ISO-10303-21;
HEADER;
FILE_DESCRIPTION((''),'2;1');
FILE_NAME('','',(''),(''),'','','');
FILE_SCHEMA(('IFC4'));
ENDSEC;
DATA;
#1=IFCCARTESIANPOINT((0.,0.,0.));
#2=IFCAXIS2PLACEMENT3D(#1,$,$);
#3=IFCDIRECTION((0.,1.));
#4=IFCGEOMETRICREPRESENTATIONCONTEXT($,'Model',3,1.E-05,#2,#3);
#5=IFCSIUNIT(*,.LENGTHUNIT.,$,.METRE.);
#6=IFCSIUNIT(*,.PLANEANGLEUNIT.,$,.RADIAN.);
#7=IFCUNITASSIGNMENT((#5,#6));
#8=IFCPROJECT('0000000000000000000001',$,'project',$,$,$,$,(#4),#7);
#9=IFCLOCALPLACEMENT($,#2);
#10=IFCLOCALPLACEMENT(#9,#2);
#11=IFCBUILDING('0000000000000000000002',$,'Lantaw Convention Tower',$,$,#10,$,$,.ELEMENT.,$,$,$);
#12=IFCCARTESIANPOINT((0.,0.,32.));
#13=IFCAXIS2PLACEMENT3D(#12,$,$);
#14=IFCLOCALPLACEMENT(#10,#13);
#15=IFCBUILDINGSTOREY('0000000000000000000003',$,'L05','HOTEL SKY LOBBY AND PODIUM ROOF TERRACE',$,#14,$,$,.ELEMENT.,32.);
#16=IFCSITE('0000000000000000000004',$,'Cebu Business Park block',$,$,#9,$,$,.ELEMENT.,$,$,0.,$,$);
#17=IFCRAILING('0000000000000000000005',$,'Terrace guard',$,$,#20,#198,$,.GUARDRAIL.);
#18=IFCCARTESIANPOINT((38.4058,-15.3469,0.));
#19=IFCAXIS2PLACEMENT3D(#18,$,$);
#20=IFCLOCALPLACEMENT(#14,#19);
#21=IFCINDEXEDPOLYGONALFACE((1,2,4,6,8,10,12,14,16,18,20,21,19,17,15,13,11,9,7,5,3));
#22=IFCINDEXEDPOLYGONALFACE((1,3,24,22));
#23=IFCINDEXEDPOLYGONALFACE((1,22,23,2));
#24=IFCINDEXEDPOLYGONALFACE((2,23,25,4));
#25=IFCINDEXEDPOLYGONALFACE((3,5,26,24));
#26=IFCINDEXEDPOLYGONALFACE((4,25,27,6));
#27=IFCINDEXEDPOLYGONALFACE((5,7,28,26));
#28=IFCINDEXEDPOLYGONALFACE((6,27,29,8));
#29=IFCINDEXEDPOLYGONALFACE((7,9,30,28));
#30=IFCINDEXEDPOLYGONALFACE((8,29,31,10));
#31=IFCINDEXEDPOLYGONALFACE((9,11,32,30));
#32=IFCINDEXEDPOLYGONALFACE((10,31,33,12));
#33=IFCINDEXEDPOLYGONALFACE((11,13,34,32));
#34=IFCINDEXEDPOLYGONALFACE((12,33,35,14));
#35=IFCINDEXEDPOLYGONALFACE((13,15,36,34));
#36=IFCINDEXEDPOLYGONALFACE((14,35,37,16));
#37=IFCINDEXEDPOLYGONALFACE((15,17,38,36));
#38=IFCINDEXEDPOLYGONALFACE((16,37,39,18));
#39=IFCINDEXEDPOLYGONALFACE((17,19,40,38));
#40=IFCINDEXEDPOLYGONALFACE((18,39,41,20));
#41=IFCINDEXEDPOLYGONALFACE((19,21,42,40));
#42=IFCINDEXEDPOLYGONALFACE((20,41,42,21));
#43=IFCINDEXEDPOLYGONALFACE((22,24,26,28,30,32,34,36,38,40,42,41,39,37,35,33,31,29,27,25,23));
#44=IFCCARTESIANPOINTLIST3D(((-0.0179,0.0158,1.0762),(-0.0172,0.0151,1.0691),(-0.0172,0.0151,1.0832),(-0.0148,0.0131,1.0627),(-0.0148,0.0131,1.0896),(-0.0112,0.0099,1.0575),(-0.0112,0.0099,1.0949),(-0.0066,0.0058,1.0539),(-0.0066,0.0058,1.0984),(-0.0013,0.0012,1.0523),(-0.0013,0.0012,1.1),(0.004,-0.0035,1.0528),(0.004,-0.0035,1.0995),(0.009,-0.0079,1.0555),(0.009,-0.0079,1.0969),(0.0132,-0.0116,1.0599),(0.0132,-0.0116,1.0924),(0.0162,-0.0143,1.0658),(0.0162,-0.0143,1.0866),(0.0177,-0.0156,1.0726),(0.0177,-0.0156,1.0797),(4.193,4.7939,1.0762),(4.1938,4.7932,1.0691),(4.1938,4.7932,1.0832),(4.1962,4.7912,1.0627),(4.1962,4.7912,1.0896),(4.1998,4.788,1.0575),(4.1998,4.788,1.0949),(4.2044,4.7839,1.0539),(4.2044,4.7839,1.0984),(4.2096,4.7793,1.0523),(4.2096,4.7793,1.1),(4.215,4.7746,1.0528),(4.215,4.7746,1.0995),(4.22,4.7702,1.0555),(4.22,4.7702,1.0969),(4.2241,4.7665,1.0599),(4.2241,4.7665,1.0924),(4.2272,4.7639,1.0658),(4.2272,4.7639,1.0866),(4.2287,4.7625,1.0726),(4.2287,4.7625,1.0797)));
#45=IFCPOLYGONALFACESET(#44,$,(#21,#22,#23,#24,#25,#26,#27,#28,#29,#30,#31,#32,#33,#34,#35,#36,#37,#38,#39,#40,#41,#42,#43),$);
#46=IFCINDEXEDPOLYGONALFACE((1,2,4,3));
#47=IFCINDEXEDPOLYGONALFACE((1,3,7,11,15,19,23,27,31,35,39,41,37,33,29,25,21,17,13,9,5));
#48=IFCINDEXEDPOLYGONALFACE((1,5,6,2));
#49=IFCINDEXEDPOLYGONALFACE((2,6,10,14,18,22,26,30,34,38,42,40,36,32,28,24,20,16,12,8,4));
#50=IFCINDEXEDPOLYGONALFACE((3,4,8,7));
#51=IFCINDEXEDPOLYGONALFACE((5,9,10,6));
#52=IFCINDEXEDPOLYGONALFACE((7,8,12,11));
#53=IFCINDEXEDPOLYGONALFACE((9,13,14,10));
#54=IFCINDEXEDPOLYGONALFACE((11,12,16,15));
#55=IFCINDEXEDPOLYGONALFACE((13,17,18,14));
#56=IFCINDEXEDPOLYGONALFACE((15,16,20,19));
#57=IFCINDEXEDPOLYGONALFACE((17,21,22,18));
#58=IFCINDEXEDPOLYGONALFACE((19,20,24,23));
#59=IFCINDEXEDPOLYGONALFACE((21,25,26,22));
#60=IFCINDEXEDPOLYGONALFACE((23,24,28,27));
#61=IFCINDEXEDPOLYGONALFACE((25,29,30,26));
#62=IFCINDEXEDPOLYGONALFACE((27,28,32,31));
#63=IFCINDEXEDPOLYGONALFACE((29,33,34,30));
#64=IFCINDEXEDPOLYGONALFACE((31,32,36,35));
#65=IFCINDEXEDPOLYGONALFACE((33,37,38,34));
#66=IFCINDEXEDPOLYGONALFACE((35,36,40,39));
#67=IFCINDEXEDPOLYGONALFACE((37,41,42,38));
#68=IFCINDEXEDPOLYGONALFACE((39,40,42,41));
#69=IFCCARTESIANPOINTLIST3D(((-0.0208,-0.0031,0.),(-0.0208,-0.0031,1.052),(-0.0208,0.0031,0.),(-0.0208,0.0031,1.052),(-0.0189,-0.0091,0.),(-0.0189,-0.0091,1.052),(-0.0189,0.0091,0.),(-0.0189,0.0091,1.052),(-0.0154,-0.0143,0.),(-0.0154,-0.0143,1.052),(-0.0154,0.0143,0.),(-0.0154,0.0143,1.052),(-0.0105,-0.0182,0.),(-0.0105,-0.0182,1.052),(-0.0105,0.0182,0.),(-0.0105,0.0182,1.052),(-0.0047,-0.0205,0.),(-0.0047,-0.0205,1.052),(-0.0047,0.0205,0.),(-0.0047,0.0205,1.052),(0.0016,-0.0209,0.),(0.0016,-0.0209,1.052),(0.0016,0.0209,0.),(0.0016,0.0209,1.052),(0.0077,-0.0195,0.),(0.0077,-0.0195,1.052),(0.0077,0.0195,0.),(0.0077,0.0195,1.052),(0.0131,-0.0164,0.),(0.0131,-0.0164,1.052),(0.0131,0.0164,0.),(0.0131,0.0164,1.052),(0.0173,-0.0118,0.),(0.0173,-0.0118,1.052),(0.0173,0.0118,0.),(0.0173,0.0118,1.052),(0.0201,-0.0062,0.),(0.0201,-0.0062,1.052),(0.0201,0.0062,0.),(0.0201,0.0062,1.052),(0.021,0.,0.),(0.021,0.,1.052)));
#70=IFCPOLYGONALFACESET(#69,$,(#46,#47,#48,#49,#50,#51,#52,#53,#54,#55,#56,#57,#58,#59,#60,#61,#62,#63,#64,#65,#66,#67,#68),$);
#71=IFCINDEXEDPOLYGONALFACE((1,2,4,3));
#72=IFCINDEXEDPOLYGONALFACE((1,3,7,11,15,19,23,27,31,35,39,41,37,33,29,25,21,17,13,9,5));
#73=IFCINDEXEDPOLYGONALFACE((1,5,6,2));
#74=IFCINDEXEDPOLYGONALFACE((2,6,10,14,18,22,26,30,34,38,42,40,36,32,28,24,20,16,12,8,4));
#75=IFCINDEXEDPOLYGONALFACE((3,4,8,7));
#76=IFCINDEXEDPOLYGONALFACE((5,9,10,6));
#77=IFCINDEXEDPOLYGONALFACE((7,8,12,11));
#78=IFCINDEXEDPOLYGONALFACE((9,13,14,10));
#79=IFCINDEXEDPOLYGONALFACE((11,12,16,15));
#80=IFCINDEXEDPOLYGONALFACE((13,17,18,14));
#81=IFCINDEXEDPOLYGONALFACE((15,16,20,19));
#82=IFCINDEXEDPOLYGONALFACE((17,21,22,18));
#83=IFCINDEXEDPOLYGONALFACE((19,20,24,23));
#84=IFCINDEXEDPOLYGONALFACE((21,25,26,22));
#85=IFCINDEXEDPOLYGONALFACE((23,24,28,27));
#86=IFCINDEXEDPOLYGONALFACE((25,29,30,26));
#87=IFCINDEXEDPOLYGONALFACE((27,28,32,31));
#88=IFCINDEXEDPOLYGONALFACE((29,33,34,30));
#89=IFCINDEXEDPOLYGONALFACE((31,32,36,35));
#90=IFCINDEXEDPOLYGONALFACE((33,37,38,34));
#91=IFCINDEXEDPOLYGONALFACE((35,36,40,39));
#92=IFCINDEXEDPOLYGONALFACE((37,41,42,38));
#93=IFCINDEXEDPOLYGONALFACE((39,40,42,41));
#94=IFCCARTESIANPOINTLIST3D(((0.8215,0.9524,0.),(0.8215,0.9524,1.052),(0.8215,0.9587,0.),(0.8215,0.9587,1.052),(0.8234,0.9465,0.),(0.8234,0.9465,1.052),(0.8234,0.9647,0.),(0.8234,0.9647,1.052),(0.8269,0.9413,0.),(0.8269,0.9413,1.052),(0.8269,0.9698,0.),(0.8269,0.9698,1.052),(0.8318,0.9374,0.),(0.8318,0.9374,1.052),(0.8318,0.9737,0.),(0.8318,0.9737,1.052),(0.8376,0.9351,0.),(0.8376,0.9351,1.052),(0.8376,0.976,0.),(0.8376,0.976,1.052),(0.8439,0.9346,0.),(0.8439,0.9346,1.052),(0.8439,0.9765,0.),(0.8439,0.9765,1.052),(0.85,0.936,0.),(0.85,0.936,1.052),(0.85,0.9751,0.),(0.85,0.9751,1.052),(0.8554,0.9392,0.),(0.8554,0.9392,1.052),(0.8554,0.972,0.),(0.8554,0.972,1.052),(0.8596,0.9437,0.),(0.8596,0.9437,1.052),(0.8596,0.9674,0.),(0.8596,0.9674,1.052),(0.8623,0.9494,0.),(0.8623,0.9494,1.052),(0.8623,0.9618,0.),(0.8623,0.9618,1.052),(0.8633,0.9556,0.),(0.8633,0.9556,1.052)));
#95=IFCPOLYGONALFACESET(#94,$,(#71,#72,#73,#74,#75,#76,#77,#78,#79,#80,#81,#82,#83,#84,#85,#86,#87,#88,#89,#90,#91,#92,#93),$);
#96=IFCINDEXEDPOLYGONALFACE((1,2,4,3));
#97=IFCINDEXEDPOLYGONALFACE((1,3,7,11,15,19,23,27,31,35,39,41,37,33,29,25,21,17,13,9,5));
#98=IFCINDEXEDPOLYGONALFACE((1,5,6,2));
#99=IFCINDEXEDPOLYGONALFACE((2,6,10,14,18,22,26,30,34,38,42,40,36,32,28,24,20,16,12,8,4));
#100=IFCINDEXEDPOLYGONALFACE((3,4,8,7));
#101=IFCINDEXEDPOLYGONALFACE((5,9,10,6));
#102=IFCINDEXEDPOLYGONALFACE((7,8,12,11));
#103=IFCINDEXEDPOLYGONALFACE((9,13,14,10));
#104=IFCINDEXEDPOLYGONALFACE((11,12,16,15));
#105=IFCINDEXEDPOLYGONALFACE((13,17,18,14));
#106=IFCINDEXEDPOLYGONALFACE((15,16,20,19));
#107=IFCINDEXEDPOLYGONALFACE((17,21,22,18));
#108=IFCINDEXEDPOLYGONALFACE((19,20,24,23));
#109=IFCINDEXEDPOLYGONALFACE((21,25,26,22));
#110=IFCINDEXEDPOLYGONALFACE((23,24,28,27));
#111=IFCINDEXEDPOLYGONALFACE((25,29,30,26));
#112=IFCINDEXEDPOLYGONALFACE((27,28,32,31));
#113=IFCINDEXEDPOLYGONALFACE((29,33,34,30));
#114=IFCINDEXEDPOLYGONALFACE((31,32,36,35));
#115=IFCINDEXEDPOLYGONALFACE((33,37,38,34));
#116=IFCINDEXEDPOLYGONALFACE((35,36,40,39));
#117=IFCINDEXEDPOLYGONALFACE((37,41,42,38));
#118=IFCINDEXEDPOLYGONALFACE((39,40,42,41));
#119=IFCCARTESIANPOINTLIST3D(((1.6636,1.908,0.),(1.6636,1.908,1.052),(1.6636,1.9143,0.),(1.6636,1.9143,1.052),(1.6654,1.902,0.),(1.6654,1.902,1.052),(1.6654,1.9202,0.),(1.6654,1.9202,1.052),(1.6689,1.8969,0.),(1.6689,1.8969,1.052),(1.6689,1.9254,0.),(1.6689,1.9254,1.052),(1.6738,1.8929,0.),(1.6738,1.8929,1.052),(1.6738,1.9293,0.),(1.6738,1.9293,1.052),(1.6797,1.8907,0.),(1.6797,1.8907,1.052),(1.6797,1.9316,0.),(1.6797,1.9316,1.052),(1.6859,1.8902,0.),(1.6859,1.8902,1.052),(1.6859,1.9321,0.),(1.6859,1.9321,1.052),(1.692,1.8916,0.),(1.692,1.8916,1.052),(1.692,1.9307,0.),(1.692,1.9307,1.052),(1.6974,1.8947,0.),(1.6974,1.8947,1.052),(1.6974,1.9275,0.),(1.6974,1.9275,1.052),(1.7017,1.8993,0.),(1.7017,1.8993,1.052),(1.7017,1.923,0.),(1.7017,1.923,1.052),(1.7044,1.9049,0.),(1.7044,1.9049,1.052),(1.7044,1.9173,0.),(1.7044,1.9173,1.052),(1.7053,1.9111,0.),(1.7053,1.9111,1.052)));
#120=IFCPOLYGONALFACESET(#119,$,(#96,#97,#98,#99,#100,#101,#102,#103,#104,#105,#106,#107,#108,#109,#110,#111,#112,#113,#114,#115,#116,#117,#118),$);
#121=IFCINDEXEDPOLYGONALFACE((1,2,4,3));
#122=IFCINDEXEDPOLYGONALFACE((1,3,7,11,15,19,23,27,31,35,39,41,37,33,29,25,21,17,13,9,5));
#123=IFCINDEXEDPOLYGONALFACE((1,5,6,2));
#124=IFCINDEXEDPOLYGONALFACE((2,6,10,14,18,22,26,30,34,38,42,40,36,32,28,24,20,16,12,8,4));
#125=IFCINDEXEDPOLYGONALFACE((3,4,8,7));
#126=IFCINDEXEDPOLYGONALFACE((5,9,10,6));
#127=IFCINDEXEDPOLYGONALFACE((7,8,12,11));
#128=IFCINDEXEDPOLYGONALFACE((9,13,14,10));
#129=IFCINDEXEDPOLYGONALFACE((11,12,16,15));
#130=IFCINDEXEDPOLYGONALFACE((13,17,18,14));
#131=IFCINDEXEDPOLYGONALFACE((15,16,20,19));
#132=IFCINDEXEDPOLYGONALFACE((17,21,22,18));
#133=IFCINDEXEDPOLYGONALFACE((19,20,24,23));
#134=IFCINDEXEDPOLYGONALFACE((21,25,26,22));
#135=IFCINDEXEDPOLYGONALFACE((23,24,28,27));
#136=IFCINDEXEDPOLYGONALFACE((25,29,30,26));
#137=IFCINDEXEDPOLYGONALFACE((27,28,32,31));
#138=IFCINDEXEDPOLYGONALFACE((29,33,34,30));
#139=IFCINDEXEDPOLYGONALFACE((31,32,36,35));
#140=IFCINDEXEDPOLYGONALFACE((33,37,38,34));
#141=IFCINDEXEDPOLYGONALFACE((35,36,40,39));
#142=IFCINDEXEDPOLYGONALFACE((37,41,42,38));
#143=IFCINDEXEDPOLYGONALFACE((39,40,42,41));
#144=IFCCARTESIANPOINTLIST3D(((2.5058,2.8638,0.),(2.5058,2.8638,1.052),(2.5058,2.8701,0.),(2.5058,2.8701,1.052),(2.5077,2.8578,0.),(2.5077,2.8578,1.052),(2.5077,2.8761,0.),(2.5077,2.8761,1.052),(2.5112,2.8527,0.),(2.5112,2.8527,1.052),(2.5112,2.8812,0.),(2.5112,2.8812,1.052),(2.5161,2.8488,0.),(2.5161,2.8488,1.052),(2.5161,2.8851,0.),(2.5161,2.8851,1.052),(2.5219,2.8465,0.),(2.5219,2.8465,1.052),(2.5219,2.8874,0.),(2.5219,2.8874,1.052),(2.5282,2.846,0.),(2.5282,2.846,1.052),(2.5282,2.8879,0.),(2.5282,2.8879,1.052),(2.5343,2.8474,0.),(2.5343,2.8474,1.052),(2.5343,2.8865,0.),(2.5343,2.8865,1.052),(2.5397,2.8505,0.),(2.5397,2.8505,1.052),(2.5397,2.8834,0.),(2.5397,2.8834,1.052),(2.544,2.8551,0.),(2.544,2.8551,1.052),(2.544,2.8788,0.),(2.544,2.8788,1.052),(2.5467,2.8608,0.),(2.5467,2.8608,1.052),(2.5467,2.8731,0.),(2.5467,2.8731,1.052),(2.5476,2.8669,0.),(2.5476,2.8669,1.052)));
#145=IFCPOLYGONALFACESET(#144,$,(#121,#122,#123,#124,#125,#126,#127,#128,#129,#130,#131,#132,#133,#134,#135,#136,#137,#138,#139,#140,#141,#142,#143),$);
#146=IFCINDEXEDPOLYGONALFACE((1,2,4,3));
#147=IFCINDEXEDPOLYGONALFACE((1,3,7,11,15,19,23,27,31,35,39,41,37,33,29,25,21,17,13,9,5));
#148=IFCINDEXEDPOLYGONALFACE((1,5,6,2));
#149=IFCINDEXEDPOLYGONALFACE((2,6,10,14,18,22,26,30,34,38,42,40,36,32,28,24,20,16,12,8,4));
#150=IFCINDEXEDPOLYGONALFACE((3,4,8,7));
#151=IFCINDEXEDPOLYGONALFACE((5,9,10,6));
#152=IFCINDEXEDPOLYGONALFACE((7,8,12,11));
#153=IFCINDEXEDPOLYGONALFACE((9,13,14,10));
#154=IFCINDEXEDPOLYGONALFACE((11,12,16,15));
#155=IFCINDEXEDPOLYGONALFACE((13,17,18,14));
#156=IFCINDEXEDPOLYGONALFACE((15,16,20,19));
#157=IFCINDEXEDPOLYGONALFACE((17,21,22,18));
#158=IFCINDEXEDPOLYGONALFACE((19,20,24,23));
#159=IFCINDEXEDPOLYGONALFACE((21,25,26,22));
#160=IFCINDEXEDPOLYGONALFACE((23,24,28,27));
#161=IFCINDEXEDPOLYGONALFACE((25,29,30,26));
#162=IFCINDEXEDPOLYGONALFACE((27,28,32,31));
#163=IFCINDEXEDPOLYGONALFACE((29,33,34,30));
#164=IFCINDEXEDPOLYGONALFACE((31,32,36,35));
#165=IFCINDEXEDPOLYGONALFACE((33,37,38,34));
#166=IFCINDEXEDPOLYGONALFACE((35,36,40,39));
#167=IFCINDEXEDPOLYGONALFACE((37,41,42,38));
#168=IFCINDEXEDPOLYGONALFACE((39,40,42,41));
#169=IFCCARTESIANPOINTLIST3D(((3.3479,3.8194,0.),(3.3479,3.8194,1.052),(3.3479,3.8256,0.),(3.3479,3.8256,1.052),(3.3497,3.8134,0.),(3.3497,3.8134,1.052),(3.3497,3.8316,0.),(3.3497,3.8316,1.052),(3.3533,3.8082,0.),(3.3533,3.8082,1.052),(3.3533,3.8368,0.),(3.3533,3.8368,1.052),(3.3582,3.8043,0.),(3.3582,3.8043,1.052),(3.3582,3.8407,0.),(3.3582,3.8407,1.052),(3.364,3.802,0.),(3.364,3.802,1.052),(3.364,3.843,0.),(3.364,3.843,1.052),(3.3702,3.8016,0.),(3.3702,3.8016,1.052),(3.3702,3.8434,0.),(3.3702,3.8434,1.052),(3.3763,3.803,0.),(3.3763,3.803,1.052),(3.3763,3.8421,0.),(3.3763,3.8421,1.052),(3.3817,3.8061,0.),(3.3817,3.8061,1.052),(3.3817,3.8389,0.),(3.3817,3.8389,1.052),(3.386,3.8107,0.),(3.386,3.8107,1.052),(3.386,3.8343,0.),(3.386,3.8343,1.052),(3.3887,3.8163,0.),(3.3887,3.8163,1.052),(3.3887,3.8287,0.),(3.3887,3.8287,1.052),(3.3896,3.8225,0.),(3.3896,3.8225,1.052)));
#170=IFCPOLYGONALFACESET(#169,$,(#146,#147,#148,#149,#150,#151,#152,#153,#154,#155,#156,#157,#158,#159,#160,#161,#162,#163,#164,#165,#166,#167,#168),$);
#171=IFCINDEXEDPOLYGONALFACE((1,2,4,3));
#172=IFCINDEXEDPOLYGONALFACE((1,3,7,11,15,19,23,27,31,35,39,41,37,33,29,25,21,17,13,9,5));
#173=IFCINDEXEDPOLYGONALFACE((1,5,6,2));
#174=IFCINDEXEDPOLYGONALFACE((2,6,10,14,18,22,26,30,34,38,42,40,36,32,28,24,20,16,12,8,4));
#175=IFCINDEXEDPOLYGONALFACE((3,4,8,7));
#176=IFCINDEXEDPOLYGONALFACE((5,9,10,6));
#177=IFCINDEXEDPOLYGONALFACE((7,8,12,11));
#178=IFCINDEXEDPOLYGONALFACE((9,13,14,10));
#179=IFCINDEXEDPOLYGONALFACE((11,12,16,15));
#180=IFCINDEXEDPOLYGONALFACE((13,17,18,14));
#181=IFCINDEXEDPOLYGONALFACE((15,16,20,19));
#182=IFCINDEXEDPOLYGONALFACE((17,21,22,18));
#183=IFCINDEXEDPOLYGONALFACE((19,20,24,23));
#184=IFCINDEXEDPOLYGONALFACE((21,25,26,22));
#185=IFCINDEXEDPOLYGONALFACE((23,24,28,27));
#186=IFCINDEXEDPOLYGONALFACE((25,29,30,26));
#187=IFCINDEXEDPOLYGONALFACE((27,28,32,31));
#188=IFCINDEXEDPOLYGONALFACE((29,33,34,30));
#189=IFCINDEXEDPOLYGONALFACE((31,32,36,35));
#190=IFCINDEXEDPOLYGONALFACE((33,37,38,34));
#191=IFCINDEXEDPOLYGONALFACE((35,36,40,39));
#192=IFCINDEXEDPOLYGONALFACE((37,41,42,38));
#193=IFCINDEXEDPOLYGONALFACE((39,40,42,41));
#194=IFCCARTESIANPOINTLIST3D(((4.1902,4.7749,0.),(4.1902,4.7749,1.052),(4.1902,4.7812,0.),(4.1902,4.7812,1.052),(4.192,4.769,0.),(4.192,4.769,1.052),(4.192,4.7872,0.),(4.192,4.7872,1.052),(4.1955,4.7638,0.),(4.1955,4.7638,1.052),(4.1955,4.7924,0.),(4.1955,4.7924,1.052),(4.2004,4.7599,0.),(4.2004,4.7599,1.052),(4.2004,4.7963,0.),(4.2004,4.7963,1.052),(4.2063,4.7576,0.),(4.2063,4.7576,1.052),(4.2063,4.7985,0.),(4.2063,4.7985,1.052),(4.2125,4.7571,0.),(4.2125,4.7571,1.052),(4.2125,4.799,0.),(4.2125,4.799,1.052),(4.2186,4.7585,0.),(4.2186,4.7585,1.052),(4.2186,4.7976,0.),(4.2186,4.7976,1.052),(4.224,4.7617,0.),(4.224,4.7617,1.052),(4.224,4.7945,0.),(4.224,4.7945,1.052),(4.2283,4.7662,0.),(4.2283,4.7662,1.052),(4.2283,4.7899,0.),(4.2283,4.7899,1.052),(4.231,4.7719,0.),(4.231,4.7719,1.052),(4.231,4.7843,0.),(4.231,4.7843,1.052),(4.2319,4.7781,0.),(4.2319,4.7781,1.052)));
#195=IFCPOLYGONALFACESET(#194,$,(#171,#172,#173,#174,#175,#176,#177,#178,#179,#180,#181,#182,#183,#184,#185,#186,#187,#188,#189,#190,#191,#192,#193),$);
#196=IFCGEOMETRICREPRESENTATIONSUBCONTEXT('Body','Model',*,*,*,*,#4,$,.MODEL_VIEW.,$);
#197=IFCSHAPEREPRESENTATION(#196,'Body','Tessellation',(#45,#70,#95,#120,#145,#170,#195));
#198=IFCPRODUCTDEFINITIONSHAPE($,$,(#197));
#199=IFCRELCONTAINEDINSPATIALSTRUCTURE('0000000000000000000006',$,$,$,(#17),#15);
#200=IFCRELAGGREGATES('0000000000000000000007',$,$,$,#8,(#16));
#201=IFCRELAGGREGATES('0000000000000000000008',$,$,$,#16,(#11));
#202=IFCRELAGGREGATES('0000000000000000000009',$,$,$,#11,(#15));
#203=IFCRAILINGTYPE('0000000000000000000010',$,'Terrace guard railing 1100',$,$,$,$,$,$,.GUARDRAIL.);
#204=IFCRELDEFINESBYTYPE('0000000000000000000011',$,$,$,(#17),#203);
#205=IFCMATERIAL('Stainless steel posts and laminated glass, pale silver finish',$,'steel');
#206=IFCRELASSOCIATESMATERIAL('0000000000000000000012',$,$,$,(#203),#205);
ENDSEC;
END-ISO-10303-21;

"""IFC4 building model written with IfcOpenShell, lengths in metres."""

from ifc_helpers import new_model, si_unit, direction, frame, origin, origin_2d, place, context, subcontext, project, spatial, circle, extrude, material, type_object, element, save


model = new_model("IFC4")

# Units and contexts
model_context = context("Model", 3, precision=1e-05, world=origin(), true_north=direction((0.0, 1.0)))
body_context = subcontext(model_context, "Body", "Model", "MODEL_VIEW")
ifc_project = project(units=[si_unit("LENGTHUNIT", "METRE"), si_unit("PLANEANGLEUNIT", "RADIAN")], contexts=[model_context])

# Site, building, storey
site_placement = place(None, origin())
site = spatial("IfcSite", under=ifc_project, at=site_placement, Name="Cebu Business Park block", CompositionType="ELEMENT", RefElevation=0.0)
building_placement = place(site_placement, origin())
building = spatial("IfcBuilding", under=site, at=building_placement, Name="Lantaw Convention Tower", CompositionType="ELEMENT")
storey_placement = place(building_placement, frame((0.0, 0.0, 32.0)))
storey = spatial("IfcBuildingStorey", under=building, at=storey_placement, Name="L05", Description="HOTEL SKY LOBBY AND PODIUM ROOF TERRACE", CompositionType="ELEMENT", Elevation=32.0)

# Railing
ifc_material_1 = material(Name="Stainless steel posts and laminated glass, pale silver finish", Category="steel")
railing_type_1 = type_object("IfcRailingType", Name="Terrace guard railing 1100", PredefinedType="GUARDRAIL", material=ifc_material_1)
railing_1_placement = place(storey_placement, frame((38.4058, -15.3469, 0.0)))
element("IfcRailing", 1, at=railing_1_placement, inside=storey, type_object=railing_type_1, Name="Terrace guard", PredefinedType="GUARDRAIL", context=body_context, shape_type="SweptSolid", body=[
    extrude(circle(Radius=0.0239, at=origin_2d()), frame((0.0, 0.0, 1.0762), z_axis=(0.661179, 0.750228, 0.0), x_axis=(-0.750228, 0.661179, 0.0)), (0.0, 0.0, 1.0), 6.3689),
    extrude(circle(Radius=0.021, at=origin_2d()), origin(), (0.0, 0.0, 1.0), 1.052),
    extrude(circle(Radius=0.021, at=origin_2d()), frame((0.8423, 0.9556, 0.0)), (0.0, 0.0, 1.0), 1.052),
    extrude(circle(Radius=0.021, at=origin_2d()), frame((1.6843, 1.9111, 0.0)), (0.0, 0.0, 1.0), 1.052),
    extrude(circle(Radius=0.021, at=origin_2d()), frame((2.5266, 2.8669, 0.0)), (0.0, 0.0, 1.0), 1.052),
    extrude(circle(Radius=0.021, at=origin_2d()), frame((3.3687, 3.8225, 0.0)), (0.0, 0.0, 1.0), 1.052),
    extrude(circle(Radius=0.021, at=origin_2d()), frame((4.2109, 4.7781, 0.0)), (0.0, 0.0, 1.0), 1.052),
])

save(model, "model.ifc")
